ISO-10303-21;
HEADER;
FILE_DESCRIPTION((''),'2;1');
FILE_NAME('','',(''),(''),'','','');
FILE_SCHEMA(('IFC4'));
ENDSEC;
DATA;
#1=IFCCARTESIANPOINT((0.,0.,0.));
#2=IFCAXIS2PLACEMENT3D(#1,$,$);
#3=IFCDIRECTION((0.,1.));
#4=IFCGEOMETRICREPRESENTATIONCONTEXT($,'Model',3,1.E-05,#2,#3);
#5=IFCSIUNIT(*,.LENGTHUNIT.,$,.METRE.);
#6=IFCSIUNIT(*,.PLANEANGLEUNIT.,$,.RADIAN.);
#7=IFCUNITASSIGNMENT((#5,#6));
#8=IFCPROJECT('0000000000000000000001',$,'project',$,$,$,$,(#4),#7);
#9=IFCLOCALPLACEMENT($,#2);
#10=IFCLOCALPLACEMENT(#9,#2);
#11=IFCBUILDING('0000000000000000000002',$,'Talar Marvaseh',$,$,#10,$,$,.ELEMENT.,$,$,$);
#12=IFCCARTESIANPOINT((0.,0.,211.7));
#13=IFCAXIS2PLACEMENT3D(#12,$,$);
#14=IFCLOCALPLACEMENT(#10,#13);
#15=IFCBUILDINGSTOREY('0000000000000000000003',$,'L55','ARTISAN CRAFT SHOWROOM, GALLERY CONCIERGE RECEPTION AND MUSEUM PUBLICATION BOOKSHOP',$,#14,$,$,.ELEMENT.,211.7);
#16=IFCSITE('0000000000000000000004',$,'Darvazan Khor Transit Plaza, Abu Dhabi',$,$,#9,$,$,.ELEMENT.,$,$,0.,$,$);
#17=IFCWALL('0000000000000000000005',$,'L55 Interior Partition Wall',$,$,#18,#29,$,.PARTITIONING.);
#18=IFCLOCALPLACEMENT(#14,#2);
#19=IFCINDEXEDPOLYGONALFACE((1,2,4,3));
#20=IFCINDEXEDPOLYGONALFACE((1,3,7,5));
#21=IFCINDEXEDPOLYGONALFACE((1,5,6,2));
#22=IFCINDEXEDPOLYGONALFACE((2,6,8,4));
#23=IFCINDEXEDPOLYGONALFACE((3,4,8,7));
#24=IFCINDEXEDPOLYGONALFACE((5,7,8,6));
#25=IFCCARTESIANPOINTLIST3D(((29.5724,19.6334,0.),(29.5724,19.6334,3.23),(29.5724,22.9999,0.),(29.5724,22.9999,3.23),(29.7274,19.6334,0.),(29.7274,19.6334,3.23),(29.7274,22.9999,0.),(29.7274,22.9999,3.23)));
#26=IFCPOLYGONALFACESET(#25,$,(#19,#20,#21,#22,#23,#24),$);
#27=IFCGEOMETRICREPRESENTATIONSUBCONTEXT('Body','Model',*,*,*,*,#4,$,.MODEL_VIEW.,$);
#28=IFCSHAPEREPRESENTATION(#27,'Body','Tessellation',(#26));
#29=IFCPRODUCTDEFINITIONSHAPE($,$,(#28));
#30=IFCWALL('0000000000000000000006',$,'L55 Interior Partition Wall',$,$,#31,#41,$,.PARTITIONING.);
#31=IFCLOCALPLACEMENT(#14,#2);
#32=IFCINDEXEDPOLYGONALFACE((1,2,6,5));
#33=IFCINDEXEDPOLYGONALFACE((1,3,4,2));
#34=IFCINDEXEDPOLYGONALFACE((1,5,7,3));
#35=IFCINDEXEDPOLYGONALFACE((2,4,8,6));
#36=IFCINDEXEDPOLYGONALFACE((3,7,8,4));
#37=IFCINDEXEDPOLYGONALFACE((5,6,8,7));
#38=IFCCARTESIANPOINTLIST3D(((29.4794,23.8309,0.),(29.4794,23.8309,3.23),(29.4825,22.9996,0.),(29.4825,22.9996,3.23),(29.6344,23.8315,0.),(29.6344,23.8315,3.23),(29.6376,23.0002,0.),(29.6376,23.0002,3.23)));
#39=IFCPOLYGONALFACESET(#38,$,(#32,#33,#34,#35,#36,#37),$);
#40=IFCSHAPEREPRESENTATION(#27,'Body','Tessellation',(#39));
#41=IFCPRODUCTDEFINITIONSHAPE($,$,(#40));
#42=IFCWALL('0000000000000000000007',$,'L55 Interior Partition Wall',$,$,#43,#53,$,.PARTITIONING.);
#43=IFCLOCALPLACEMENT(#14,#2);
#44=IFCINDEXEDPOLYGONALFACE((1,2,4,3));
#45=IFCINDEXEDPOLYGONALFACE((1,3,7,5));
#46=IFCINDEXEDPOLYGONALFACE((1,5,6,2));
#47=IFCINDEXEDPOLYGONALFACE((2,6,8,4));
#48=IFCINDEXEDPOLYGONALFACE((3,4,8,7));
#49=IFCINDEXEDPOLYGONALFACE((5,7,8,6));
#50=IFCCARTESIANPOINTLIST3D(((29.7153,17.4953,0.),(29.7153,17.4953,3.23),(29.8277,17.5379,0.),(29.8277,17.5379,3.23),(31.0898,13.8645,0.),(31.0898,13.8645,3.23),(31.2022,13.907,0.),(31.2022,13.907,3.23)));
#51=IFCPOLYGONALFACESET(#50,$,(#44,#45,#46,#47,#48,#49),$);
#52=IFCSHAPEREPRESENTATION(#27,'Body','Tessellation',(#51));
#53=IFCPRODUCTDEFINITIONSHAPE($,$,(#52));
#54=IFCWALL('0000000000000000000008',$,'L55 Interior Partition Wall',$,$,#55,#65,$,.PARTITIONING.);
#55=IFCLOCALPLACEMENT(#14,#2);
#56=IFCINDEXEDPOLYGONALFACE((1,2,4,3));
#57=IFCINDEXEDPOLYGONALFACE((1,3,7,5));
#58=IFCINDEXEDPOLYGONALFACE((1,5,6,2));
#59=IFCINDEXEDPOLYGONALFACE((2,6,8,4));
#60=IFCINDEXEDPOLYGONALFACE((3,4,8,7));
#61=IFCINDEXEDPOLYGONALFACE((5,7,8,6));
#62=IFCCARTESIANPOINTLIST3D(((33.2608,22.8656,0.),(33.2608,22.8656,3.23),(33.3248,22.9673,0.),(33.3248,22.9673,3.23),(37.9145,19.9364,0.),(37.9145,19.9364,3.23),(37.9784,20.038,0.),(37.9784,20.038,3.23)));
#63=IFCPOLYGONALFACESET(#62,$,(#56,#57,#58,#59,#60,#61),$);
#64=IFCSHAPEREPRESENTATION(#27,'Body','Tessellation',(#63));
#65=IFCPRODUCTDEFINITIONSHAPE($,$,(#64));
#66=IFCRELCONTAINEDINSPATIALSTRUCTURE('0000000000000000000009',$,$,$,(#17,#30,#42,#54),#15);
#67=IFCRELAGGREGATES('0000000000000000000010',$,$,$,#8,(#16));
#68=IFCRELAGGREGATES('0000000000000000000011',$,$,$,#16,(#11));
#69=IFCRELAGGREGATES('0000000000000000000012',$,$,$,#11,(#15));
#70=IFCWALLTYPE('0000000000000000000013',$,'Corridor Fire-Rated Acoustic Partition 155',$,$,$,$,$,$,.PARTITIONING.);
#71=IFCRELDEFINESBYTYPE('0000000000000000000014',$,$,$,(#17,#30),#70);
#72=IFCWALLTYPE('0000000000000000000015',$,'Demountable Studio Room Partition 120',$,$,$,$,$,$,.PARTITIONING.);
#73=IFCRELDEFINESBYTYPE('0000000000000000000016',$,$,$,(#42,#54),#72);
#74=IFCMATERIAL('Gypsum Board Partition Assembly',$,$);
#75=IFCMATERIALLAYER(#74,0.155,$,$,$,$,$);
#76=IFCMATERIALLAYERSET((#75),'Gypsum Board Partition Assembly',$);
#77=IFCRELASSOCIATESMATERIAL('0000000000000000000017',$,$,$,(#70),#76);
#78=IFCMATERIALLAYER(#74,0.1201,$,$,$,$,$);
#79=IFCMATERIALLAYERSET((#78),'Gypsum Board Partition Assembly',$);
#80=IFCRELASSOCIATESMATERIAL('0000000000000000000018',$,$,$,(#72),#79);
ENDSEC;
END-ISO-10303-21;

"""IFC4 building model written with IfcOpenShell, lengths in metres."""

from ifc_helpers import new_model, si_unit, direction, frame, frame_2d, origin, place, context, subcontext, project, spatial, rectangle, extrude, material, layer, layer_set, type_object, element, save


model = new_model("IFC4")

# Units and contexts
model_context = context("Model", 3, precision=1e-05, world=origin(), true_north=direction((0.0, 1.0)))
body_context = subcontext(model_context, "Body", "Model", "MODEL_VIEW")
ifc_project = project(units=[si_unit("LENGTHUNIT", "METRE"), si_unit("PLANEANGLEUNIT", "RADIAN")], contexts=[model_context])

# Site, building, storey
site_placement = place(None, origin())
site = spatial("IfcSite", under=ifc_project, at=site_placement, Name="Darvazan Khor Transit Plaza, Abu Dhabi", CompositionType="ELEMENT", RefElevation=0.0)
building_placement = place(site_placement, origin())
building = spatial("IfcBuilding", under=site, at=building_placement, Name="Talar Marvaseh", CompositionType="ELEMENT")
storey_placement = place(building_placement, frame((0.0, 0.0, 211.7)))
storey = spatial("IfcBuildingStorey", under=building, at=storey_placement, Name="L55", Description="ARTISAN CRAFT SHOWROOM, GALLERY CONCIERGE RECEPTION AND MUSEUM PUBLICATION BOOKSHOP", CompositionType="ELEMENT", Elevation=211.7)

# Shared definitions
ifc_material_1 = material(Name="Gypsum Board Partition Assembly")
ifc_layer_1 = layer(ifc_material_1, 0.155)
ifc_layer_set_1 = layer_set([ifc_layer_1], Name="Gypsum Board Partition Assembly")
wall_type_1 = type_object("IfcWallType", Name="Corridor Fire-Rated Acoustic Partition 155", PredefinedType="PARTITIONING", material=ifc_layer_set_1)

# Walls
wall_1_placement = place(storey_placement, frame((29.6499, 19.6335, 0.0), z_axis=(0.0, 0.0, 1.0), x_axis=(0.0, 1.0, 0.0)))
element("IfcWall", 1, at=wall_1_placement, inside=storey, type_object=wall_type_1, Name="L55 Interior Partition Wall", PredefinedType="PARTITIONING", context=body_context, shape_type="SweptSolid", body=[
    extrude(rectangle(XDim=3.3665, YDim=0.155, at=frame_2d((1.6831, 0.0))), origin(), (0.0, 0.0, 1.0), 3.23),
])
wall_2_placement = place(storey_placement, frame((29.5601, 23.0, 0.0), z_axis=(0.0, 0.0, 1.0), x_axis=(-0.003818, 0.999993, 0.0)))
element("IfcWall", 2, at=wall_2_placement, inside=storey, type_object=wall_type_1, Name="L55 Interior Partition Wall", PredefinedType="PARTITIONING", context=body_context, shape_type="SweptSolid", body=[
    extrude(rectangle(XDim=0.8313, YDim=0.155, at=frame_2d((0.4155, 0.0))), origin(), (0.0, 0.0, 1.0), 3.23),
])
ifc_layer_2 = layer(ifc_material_1, 0.1201)
ifc_layer_set_2 = layer_set([ifc_layer_2], Name="Gypsum Board Partition Assembly")
wall_type_2 = type_object("IfcWallType", Name="Demountable Studio Room Partition 120", PredefinedType="PARTITIONING", material=ifc_layer_set_2)
wall_3_placement = place(storey_placement, frame((29.7715, 17.5166, 0.0), z_axis=(0.0, 0.0, 1.0), x_axis=(0.354044, -0.935229, 0.0)))
element("IfcWall", 3, at=wall_3_placement, inside=storey, type_object=wall_type_2, Name="L55 Interior Partition Wall", PredefinedType="PARTITIONING", context=body_context, shape_type="SweptSolid", body=[
    extrude(rectangle(XDim=3.8823, YDim=0.1201, at=frame_2d((1.9412, 0.0))), origin(), (0.0, 0.0, 1.0), 3.23),
])
wall_4_placement = place(storey_placement, frame((33.2927, 22.9165, 0.0), z_axis=(0.0, 0.0, 1.0), x_axis=(0.8463, -0.532706, 0.0)))
element("IfcWall", 4, at=wall_4_placement, inside=storey, type_object=wall_type_2, Name="L55 Interior Partition Wall", PredefinedType="PARTITIONING", context=body_context, shape_type="SweptSolid", body=[
    extrude(rectangle(XDim=5.4988, YDim=0.1201, at=frame_2d((2.7495, 0.0))), origin(), (0.0, 0.0, 1.0), 3.23),
])

save(model, "model.ifc")
